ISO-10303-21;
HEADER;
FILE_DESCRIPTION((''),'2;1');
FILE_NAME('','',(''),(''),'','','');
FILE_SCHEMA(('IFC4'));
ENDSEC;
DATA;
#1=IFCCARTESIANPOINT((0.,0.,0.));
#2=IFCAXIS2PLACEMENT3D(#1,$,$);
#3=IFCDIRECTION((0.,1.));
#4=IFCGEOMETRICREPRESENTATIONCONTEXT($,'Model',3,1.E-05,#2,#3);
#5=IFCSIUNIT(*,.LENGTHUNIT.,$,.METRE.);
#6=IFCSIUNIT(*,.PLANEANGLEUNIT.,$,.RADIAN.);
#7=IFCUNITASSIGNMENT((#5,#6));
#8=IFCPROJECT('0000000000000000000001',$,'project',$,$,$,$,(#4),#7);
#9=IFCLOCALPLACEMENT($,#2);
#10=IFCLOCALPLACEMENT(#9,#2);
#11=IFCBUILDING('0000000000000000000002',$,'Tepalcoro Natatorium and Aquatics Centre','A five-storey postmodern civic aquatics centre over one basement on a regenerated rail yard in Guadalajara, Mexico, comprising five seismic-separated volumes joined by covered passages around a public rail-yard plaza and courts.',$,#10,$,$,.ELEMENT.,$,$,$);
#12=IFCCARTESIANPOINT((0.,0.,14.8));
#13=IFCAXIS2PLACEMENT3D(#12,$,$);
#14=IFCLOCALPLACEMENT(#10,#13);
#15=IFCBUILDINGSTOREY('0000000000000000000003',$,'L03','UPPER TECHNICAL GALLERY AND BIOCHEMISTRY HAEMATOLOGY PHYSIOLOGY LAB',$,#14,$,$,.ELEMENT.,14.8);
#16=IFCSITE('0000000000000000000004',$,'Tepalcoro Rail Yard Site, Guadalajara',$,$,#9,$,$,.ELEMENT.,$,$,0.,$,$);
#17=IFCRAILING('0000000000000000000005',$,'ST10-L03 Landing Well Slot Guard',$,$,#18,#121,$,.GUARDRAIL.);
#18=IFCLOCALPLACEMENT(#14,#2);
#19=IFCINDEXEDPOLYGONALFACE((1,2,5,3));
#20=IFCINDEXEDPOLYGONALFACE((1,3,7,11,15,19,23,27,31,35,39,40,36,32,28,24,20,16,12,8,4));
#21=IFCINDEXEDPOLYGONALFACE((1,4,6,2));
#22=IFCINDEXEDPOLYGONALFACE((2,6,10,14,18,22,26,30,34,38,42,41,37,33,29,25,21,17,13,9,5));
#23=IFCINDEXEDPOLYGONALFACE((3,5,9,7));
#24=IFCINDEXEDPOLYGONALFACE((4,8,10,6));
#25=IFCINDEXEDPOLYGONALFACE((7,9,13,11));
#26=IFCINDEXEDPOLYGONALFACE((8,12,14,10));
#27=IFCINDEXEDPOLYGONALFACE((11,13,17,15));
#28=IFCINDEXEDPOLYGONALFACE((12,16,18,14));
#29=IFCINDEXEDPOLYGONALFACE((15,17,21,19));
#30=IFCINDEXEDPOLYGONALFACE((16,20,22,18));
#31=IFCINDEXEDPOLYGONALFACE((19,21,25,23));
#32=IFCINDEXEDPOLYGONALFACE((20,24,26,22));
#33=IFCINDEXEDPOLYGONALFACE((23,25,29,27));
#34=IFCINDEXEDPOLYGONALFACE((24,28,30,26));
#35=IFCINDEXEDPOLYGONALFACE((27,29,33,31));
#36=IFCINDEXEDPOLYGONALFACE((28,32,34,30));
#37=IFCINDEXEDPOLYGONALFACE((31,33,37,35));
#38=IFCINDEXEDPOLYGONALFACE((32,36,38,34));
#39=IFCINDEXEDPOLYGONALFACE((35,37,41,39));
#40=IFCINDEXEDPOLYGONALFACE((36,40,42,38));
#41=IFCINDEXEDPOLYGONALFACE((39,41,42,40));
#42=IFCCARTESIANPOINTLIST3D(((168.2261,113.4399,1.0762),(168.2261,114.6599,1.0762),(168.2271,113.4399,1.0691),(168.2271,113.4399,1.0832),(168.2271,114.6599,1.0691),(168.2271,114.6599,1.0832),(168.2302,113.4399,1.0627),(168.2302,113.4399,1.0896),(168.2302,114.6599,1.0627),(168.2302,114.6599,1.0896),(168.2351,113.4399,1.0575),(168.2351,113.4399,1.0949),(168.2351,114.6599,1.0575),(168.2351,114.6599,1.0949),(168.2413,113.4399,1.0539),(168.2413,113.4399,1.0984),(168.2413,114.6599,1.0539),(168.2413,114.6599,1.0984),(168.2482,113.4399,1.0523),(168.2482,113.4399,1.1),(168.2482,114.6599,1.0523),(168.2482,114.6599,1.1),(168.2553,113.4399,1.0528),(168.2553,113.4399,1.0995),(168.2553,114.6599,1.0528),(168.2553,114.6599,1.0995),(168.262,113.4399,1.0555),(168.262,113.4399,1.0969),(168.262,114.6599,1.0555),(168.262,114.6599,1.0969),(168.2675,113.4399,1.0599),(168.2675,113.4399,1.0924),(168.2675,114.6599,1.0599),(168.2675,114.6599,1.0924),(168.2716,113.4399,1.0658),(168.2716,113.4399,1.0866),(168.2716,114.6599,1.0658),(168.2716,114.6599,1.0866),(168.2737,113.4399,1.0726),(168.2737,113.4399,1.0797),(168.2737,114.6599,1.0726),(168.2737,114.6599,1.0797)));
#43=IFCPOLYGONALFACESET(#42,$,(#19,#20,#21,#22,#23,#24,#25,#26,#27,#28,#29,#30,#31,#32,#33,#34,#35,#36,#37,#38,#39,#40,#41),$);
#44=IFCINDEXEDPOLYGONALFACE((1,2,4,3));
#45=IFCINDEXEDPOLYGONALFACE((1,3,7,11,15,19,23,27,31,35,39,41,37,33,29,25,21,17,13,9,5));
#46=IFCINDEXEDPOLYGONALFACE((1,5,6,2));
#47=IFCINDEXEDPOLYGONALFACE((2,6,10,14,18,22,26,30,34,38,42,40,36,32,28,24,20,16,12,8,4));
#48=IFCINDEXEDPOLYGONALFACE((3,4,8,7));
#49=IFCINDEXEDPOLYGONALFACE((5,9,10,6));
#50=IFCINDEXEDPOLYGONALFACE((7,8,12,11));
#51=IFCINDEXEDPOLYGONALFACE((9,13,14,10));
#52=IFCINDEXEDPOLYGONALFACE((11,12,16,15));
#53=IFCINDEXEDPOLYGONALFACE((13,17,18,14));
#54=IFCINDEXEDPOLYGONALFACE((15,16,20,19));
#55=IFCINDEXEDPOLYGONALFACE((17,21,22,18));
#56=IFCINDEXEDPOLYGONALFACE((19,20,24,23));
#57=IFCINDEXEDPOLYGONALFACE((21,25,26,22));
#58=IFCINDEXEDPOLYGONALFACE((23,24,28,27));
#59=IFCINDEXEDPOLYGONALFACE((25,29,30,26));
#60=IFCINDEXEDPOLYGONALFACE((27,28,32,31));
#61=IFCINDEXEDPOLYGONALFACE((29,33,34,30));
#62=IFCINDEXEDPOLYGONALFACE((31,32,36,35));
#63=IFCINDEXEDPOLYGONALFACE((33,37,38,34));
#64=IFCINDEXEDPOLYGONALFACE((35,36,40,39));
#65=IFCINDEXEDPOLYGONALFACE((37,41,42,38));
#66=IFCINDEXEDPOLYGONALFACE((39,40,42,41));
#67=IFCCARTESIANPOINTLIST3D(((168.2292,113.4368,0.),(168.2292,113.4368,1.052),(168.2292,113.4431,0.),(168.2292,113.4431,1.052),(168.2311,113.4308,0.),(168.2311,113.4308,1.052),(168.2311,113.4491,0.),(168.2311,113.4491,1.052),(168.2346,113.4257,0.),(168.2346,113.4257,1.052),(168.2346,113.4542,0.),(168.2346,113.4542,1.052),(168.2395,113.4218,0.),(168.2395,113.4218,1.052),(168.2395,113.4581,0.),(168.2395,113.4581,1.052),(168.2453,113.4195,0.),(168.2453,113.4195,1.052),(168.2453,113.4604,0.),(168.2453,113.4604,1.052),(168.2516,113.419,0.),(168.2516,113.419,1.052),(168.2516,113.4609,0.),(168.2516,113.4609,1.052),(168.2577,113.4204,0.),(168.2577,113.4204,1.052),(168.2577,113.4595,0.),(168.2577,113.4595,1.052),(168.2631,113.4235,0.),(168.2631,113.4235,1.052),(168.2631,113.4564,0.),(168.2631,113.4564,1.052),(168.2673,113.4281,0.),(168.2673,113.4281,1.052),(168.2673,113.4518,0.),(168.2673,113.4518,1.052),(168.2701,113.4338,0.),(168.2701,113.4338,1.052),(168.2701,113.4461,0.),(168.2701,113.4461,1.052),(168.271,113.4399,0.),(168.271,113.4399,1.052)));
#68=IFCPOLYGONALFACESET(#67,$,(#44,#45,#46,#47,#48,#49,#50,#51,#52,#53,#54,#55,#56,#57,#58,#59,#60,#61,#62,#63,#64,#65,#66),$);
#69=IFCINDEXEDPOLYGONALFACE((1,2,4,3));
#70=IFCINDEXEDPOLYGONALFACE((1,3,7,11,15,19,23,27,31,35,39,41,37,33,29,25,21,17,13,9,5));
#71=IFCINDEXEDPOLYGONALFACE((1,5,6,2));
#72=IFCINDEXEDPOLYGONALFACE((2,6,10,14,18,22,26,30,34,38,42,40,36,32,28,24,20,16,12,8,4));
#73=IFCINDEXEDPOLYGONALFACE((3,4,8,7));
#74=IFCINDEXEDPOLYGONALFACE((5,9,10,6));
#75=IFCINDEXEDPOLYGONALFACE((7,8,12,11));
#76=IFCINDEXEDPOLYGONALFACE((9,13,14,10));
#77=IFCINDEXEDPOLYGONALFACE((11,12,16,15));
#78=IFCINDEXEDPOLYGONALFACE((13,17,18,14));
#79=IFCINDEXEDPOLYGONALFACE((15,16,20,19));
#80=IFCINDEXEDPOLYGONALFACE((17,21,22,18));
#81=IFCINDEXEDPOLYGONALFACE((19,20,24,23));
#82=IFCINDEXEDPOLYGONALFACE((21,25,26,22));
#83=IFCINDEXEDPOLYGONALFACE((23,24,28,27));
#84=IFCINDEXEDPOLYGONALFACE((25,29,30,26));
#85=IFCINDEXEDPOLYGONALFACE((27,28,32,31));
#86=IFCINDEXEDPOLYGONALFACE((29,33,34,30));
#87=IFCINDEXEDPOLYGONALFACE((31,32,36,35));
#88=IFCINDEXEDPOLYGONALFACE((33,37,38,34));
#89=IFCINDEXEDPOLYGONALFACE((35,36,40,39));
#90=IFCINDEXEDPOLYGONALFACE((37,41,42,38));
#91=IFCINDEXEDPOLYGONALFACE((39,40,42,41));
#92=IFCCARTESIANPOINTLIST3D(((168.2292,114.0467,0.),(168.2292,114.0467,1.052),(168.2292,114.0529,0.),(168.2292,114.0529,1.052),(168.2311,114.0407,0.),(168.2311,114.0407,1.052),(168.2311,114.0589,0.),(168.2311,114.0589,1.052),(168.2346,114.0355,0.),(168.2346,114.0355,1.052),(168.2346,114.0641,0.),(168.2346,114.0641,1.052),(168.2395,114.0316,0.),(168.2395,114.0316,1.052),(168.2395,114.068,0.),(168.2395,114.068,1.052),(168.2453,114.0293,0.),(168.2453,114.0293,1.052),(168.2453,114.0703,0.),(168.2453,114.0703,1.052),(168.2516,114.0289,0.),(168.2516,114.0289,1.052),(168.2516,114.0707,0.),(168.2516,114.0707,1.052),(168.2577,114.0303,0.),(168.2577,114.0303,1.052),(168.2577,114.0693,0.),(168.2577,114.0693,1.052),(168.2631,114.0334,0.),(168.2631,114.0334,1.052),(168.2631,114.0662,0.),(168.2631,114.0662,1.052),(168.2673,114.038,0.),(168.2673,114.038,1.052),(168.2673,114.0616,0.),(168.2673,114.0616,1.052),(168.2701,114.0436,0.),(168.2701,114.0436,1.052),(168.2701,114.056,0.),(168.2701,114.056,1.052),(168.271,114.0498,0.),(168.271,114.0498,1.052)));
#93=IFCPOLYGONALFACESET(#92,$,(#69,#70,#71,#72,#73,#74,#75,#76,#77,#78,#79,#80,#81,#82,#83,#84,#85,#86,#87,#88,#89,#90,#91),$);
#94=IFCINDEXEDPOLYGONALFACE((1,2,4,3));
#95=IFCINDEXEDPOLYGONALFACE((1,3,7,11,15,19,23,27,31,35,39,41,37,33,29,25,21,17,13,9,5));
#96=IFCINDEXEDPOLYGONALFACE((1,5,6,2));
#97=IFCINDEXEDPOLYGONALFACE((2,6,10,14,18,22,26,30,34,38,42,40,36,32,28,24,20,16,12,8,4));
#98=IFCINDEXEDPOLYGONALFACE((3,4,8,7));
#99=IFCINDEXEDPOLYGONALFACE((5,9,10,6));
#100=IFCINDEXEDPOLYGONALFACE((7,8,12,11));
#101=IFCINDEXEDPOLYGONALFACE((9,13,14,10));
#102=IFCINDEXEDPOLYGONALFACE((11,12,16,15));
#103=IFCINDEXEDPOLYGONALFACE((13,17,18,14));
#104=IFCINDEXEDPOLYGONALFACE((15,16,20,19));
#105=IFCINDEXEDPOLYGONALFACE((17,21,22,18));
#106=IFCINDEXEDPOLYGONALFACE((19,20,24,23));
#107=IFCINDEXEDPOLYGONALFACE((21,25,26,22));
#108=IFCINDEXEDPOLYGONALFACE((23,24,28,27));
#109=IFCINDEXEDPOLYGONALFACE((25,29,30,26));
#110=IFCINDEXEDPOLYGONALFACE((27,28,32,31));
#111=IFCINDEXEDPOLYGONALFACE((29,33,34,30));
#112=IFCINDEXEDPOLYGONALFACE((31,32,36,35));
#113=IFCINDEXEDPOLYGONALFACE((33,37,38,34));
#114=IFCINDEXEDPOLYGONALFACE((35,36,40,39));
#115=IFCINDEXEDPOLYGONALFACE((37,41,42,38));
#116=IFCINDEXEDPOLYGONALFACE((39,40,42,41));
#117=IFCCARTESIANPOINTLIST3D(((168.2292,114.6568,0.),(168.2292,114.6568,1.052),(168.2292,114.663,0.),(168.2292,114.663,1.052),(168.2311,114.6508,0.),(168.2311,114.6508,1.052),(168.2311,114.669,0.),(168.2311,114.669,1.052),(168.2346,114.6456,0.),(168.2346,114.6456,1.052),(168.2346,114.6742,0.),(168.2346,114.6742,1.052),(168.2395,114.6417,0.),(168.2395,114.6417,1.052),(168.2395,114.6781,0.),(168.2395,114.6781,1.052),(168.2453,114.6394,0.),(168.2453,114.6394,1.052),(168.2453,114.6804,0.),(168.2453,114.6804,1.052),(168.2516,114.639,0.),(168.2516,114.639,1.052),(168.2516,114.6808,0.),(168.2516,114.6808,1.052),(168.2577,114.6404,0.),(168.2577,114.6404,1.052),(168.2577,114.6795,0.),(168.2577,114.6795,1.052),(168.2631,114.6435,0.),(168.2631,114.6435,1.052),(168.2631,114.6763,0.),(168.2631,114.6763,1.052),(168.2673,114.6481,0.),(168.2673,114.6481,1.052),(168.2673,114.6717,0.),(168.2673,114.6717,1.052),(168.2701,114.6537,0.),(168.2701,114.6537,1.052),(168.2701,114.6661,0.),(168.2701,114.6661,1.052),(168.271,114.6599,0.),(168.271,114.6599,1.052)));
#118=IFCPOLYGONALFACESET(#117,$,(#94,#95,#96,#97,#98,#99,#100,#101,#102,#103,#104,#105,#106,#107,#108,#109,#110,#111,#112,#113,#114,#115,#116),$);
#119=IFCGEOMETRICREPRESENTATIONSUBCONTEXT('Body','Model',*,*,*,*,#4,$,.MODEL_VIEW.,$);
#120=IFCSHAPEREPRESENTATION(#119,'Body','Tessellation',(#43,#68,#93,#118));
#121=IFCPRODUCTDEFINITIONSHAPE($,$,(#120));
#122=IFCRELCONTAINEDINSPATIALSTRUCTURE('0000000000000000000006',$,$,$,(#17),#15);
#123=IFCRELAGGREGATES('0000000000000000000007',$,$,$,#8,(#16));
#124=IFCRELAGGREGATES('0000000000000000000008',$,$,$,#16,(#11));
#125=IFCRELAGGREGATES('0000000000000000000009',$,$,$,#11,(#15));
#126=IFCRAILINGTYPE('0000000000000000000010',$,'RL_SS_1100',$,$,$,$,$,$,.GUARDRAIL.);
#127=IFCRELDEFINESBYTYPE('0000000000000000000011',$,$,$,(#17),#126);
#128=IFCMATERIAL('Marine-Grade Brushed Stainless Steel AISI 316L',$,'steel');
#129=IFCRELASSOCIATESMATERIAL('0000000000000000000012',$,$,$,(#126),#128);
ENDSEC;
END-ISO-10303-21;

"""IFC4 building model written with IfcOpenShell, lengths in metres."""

from ifc_helpers import new_model, si_unit, direction, frame, origin, origin_2d, place, context, subcontext, project, spatial, circle, extrude, material, type_object, element, save


model = new_model("IFC4")

# Units and contexts
model_context = context("Model", 3, precision=1e-05, world=origin(), true_north=direction((0.0, 1.0)))
body_context = subcontext(model_context, "Body", "Model", "MODEL_VIEW")
ifc_project = project(units=[si_unit("LENGTHUNIT", "METRE"), si_unit("PLANEANGLEUNIT", "RADIAN")], contexts=[model_context])

# Site, building, storey
site_placement = place(None, origin())
site = spatial("IfcSite", under=ifc_project, at=site_placement, Name="Tepalcoro Rail Yard Site, Guadalajara", CompositionType="ELEMENT", RefElevation=0.0)
building_placement = place(site_placement, origin())
building = spatial("IfcBuilding", under=site, at=building_placement, Name="Tepalcoro Natatorium and Aquatics Centre", Description="A five-storey postmodern civic aquatics centre over one basement on a regenerated rail yard in Guadalajara, Mexico, comprising five seismic-separated volumes joined by covered passages around a public rail-yard plaza and courts.", CompositionType="ELEMENT")
storey_placement = place(building_placement, frame((0.0, 0.0, 14.8)))
storey = spatial("IfcBuildingStorey", under=building, at=storey_placement, Name="L03", Description="UPPER TECHNICAL GALLERY AND BIOCHEMISTRY HAEMATOLOGY PHYSIOLOGY LAB", CompositionType="ELEMENT", Elevation=14.8)

# Railing
ifc_material_1 = material(Name="Marine-Grade Brushed Stainless Steel AISI 316L", Category="steel")
railing_type_1 = type_object("IfcRailingType", Name="RL_SS_1100", PredefinedType="GUARDRAIL", material=ifc_material_1)
railing_1_placement = place(storey_placement, frame((168.25, 113.4399, 0.0)))
element("IfcRailing", 1, at=railing_1_placement, inside=storey, type_object=railing_type_1, Name="ST10-L03 Landing Well Slot Guard", PredefinedType="GUARDRAIL", context=body_context, shape_type="SweptSolid", body=[
    extrude(circle(Radius=0.0239, at=origin_2d()), frame((0.0, 0.0, 1.0762), z_axis=(0.0, 1.0, 0.0), x_axis=(-1.0, 0.0, 0.0)), (0.0, 0.0, 1.0), 1.22),
    extrude(circle(Radius=0.021, at=origin_2d()), origin(), (0.0, 0.0, 1.0), 1.052),
    extrude(circle(Radius=0.021, at=origin_2d()), frame((0.0, 0.6099, 0.0)), (0.0, 0.0, 1.0), 1.052),
    extrude(circle(Radius=0.021, at=origin_2d()), frame((0.0, 1.22, 0.0)), (0.0, 0.0, 1.0), 1.052),
])

save(model, "model.ifc")
